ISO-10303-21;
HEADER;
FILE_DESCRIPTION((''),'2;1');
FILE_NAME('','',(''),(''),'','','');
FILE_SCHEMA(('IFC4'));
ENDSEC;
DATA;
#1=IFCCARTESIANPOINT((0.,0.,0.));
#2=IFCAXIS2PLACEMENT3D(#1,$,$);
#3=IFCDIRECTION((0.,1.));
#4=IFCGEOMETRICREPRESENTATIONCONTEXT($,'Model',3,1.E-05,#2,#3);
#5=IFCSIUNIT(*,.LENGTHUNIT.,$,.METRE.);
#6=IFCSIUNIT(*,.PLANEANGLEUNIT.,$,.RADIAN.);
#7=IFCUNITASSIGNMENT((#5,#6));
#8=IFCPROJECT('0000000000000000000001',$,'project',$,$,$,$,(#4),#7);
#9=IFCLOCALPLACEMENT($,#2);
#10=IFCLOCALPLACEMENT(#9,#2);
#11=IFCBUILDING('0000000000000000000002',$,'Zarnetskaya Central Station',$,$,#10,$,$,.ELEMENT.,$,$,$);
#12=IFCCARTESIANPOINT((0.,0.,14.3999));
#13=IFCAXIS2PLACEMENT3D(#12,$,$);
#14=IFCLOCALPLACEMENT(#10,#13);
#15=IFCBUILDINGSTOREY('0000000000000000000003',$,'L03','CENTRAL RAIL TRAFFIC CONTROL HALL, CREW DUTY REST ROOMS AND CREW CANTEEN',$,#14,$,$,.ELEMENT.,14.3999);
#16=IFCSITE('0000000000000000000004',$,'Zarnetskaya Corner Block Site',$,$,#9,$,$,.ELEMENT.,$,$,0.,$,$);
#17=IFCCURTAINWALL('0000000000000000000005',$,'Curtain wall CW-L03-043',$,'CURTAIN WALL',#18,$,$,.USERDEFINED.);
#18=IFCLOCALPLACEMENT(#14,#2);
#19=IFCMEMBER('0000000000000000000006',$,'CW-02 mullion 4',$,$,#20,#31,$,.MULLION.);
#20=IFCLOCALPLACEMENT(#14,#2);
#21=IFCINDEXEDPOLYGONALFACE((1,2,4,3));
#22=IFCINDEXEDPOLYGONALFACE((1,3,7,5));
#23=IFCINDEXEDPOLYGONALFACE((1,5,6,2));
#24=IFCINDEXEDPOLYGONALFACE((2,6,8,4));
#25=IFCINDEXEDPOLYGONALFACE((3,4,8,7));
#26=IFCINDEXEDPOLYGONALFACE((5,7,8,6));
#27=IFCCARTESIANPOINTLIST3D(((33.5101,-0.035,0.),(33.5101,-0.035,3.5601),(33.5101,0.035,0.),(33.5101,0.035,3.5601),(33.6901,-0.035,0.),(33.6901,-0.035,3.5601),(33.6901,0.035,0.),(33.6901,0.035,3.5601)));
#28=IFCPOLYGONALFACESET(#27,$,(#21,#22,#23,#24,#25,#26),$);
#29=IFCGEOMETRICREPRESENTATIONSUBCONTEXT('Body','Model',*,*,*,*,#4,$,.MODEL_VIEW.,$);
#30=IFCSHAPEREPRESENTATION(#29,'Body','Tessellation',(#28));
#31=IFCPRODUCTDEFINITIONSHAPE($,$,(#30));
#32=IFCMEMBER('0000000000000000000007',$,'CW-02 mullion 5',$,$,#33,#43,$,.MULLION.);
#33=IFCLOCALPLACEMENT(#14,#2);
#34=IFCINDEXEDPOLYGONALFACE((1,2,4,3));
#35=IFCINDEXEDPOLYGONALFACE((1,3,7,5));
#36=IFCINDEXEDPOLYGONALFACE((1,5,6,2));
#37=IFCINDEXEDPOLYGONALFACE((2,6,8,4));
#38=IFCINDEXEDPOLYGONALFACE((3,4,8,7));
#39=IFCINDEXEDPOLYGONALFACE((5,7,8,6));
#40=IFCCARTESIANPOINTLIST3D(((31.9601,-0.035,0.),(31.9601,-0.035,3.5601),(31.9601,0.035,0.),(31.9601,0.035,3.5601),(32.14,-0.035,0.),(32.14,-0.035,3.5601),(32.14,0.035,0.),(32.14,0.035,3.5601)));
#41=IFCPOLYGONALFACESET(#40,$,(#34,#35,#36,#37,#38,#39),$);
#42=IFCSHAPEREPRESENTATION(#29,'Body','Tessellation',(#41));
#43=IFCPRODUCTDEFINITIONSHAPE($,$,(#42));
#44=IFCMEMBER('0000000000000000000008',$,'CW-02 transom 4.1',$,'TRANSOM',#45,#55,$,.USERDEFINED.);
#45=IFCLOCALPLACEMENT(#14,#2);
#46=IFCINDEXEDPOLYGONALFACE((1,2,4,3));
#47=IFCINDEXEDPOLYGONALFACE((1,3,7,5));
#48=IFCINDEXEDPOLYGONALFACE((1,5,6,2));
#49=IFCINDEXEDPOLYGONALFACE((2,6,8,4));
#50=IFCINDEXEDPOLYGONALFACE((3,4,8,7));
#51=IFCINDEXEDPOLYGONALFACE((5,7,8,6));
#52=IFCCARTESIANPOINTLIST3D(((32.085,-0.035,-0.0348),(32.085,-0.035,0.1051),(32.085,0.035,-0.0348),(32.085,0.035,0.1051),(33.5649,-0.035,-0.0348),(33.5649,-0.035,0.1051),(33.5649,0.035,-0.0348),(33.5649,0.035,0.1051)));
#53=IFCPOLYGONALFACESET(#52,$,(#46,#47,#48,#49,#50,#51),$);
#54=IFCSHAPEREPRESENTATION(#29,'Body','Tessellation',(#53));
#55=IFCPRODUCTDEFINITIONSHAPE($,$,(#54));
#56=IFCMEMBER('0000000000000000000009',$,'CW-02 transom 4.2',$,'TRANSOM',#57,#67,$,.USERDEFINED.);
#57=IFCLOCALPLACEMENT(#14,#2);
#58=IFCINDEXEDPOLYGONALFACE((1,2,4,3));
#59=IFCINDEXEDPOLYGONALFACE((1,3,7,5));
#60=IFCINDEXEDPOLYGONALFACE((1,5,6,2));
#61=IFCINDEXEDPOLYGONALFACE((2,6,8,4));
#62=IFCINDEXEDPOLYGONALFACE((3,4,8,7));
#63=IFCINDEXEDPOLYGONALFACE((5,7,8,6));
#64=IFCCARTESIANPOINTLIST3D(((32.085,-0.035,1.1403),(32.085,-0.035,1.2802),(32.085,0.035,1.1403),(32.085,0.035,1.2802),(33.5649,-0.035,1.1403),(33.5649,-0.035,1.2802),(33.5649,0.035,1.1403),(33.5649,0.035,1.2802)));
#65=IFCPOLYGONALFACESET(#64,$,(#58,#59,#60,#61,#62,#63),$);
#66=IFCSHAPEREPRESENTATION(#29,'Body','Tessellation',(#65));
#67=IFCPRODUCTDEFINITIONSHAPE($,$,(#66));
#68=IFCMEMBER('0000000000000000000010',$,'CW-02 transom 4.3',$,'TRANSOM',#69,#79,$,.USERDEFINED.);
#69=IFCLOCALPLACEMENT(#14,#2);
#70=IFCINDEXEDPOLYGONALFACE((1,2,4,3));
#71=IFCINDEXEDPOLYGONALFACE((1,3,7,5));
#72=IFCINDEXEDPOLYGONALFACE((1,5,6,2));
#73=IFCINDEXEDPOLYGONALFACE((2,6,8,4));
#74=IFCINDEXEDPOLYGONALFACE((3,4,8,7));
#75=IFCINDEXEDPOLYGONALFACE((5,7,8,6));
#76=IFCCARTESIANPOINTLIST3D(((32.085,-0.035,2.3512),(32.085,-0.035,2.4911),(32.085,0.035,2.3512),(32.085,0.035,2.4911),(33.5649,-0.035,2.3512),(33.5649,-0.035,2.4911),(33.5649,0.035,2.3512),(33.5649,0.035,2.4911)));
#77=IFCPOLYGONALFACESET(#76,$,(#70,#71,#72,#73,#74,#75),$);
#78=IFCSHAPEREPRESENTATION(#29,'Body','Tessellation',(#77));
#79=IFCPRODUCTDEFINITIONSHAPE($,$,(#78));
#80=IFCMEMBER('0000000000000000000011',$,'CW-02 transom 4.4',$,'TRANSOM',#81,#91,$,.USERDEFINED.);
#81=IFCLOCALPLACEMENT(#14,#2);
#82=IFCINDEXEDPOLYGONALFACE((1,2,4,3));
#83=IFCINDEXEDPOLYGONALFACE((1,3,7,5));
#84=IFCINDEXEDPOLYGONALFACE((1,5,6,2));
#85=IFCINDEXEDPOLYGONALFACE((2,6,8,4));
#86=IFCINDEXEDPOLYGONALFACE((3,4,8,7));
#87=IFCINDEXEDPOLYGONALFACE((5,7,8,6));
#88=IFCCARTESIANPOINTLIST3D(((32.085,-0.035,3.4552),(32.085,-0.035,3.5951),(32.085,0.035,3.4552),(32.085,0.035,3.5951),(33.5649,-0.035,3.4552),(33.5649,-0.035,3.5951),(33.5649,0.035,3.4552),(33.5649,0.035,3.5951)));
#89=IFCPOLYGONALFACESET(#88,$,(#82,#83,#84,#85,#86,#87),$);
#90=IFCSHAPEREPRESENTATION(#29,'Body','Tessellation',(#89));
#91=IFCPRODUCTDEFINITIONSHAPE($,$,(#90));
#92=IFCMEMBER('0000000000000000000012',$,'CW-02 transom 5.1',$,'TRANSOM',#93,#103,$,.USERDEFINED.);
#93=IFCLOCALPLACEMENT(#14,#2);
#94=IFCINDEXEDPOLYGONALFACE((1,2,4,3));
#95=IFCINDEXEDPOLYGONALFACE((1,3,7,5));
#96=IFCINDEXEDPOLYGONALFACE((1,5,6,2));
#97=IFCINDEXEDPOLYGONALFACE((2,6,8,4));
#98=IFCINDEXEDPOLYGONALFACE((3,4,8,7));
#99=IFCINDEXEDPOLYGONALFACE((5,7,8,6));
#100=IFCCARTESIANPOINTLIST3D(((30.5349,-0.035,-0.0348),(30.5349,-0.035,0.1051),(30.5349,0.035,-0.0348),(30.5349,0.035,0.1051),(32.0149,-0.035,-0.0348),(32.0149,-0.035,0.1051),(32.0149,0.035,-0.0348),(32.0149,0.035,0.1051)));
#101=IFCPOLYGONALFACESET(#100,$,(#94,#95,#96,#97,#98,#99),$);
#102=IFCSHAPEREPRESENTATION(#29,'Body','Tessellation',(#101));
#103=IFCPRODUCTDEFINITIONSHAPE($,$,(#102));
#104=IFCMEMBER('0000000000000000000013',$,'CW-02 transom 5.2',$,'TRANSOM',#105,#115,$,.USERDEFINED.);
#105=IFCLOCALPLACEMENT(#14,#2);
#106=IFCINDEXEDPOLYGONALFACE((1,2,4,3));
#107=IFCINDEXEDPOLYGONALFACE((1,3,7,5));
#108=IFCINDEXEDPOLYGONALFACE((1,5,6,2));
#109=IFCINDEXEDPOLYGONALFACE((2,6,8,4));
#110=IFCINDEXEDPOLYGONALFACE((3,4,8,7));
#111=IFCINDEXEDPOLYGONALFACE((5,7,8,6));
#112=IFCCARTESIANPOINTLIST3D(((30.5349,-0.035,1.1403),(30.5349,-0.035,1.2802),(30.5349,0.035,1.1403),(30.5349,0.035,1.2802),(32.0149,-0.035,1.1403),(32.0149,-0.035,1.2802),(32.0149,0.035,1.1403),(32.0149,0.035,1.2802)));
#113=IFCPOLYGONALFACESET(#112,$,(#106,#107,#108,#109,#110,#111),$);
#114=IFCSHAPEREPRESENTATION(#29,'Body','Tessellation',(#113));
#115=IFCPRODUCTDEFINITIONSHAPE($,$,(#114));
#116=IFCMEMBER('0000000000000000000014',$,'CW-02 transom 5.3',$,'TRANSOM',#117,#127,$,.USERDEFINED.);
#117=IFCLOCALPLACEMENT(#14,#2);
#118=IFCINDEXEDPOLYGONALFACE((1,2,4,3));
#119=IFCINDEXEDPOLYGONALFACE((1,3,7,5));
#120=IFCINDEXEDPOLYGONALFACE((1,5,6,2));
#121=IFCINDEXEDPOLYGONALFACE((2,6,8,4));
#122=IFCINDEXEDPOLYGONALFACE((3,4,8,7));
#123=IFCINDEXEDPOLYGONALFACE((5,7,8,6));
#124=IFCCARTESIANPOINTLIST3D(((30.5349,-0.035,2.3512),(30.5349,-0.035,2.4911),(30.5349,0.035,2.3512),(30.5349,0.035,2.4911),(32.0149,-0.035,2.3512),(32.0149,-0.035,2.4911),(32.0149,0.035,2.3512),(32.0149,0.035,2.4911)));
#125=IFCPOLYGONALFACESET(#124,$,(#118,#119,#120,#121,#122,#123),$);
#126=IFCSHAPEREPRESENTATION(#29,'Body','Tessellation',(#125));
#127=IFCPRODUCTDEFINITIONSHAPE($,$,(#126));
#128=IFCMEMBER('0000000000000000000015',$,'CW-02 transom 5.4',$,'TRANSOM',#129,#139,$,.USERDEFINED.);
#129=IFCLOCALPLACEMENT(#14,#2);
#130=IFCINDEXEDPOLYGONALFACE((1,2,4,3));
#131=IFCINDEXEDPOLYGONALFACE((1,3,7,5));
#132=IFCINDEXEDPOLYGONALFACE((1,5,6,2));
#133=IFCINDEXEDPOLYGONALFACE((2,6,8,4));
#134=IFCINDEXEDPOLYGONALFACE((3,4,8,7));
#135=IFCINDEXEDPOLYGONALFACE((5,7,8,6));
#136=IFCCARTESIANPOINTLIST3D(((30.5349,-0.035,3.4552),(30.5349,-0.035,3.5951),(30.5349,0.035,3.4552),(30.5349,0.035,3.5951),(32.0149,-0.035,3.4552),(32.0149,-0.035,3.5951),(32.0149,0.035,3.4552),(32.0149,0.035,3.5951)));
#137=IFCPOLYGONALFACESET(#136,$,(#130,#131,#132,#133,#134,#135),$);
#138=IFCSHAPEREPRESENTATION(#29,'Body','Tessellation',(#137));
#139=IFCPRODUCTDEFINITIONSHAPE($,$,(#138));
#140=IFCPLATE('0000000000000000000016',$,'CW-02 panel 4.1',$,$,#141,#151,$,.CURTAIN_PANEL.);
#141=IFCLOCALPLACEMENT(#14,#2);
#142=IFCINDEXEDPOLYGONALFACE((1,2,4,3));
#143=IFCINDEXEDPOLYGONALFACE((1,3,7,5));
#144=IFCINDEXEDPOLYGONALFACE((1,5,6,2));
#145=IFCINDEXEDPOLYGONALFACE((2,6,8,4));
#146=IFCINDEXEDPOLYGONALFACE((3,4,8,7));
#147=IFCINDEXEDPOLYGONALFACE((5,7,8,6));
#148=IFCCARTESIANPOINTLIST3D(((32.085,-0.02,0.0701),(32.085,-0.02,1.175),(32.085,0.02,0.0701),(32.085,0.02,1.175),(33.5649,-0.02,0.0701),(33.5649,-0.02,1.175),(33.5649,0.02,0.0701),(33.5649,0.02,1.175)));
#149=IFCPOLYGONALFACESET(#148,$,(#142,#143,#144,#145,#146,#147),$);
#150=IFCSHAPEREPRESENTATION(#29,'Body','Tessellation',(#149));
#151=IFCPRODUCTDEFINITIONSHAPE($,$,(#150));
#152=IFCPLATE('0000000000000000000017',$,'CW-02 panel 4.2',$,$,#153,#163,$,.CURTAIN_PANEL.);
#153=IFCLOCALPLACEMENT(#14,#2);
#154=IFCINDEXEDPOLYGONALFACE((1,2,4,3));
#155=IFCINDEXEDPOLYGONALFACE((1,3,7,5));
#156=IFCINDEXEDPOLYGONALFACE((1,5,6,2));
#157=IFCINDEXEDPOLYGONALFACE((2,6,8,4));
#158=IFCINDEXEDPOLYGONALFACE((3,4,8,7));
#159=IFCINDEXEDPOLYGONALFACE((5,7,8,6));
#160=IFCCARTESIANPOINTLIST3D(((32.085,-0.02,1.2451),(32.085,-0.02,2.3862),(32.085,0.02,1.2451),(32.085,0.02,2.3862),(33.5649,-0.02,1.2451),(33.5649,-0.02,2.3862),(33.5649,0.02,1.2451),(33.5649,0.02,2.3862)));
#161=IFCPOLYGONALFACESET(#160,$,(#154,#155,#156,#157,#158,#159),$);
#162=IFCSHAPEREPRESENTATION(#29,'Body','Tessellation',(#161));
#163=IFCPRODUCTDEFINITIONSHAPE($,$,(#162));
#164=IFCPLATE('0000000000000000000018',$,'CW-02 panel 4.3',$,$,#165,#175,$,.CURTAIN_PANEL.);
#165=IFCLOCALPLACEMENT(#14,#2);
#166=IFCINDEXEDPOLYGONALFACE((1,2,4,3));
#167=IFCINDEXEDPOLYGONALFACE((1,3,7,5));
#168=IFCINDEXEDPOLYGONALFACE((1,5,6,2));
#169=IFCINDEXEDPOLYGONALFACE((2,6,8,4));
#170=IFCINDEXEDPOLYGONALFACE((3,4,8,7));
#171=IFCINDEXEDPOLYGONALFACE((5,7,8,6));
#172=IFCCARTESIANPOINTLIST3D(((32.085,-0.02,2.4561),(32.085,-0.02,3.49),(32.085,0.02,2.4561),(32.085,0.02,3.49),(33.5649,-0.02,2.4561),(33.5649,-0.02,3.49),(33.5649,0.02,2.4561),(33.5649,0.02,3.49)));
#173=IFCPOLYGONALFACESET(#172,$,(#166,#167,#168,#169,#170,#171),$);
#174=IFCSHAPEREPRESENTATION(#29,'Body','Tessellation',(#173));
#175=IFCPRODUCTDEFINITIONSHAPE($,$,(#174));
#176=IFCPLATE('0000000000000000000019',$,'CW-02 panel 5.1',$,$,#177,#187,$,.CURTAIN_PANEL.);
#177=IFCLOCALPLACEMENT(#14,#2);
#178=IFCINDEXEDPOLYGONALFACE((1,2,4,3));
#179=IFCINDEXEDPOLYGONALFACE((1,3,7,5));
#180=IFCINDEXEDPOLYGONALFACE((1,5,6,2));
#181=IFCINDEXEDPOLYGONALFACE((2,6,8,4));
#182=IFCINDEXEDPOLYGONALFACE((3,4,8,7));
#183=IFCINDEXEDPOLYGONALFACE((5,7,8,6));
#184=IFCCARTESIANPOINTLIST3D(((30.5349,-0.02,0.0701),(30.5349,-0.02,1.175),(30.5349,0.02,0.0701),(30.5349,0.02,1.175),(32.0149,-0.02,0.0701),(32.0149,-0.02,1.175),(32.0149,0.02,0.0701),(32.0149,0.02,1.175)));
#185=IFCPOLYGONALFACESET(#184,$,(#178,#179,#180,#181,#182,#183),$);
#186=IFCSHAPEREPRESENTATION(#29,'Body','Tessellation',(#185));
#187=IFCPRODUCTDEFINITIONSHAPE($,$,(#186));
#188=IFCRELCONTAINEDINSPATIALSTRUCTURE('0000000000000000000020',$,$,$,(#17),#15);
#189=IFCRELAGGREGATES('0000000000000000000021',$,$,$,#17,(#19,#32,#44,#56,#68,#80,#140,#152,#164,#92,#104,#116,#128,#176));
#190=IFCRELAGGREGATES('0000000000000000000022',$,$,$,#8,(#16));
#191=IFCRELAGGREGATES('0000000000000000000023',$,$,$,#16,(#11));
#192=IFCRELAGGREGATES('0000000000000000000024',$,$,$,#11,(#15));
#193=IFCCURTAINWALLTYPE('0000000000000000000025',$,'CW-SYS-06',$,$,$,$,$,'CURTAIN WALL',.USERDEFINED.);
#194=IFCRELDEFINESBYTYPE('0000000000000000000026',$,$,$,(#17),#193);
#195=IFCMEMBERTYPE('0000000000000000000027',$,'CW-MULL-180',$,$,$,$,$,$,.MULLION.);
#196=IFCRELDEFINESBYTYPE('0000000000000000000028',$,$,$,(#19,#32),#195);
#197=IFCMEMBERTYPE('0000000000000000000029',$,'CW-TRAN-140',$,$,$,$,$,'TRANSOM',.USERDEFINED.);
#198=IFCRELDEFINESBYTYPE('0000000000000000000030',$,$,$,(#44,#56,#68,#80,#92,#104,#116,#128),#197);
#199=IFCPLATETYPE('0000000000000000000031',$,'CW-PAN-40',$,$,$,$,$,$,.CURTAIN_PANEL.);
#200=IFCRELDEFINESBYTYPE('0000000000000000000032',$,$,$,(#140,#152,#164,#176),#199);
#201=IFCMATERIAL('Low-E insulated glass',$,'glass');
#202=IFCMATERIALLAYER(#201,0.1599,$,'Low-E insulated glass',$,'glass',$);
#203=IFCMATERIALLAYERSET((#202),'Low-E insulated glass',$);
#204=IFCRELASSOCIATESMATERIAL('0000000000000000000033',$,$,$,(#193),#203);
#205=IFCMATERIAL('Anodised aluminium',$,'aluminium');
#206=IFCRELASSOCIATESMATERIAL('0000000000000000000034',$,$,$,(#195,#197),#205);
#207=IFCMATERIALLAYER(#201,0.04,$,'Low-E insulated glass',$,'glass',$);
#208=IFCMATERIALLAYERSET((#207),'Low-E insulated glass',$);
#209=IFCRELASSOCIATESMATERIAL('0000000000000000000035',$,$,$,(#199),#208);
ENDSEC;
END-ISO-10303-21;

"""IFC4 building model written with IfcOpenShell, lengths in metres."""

from ifc_helpers import new_model, si_unit, direction, frame, origin, origin_2d, place, context, subcontext, project, spatial, rectangle, extrude, material, layer, layer_set, material_profile, profile_set, type_object, element, aggregate, save


model = new_model("IFC4")

# Units and contexts
model_context = context("Model", 3, precision=1e-05, world=origin(), true_north=direction((0.0, 1.0)))
body_context = subcontext(model_context, "Body", "Model", "MODEL_VIEW")
ifc_project = project(units=[si_unit("LENGTHUNIT", "METRE"), si_unit("PLANEANGLEUNIT", "RADIAN")], contexts=[model_context])

# Site, building, storey
site_placement = place(None, origin())
site = spatial("IfcSite", under=ifc_project, at=site_placement, Name="Zarnetskaya Corner Block Site", CompositionType="ELEMENT", RefElevation=0.0)
building_placement = place(site_placement, origin())
building = spatial("IfcBuilding", under=site, at=building_placement, Name="Zarnetskaya Central Station", CompositionType="ELEMENT")
storey_placement = place(building_placement, frame((0.0, 0.0, 14.3999)))
storey = spatial("IfcBuildingStorey", under=building, at=storey_placement, Name="L03", Description="CENTRAL RAIL TRAFFIC CONTROL HALL, CREW DUTY REST ROOMS AND CREW CANTEEN", CompositionType="ELEMENT", Elevation=14.3999)

# Curtain wall, members, plates
ifc_material_1 = material(Name="Low-E insulated glass", Category="glass")
ifc_layer_1 = layer(ifc_material_1, 0.1599, Name="Low-E insulated glass", Category="glass")
ifc_layer_set_1 = layer_set([ifc_layer_1], Name="Low-E insulated glass")
curtain_wall_type = type_object("IfcCurtainWallType", Name="CW-SYS-06", ElementType="CURTAIN WALL", PredefinedType="USERDEFINED", material=ifc_layer_set_1)
curtain_wall_placement = place(storey_placement, origin())
curtain_wall = element("IfcCurtainWall", 1, at=curtain_wall_placement, inside=storey, type_object=curtain_wall_type, Name="Curtain wall CW-L03-043", ObjectType="CURTAIN WALL", PredefinedType="USERDEFINED")
ifc_material_2 = material(Name="Anodised aluminium", Category="aluminium")
ifc_material_profile_1 = material_profile(ifc_material_2, rectangle(XDim=0.0701, YDim=0.1799, at=origin_2d()), Name="ALU MULL 70x180")
ifc_profile_set_1 = profile_set([ifc_material_profile_1], Name="Anodised aluminium")
member_type_1 = type_object("IfcMemberType", Name="CW-MULL-180", PredefinedType="MULLION", material=ifc_profile_set_1)
member_1_placement = place(storey_placement, frame((33.6001, 0.0, 0.0), z_axis=(0.0, 0.0, 1.0), x_axis=(0.0, -1.0, 0.0)))
member_1 = element("IfcMember", 2, at=member_1_placement, type_object=member_type_1, Name="CW-02 mullion 4", PredefinedType="MULLION", context=body_context, shape_type="SweptSolid", body=[
    extrude(rectangle(XDim=0.0701, YDim=0.1799, at=origin_2d()), origin(), (0.0, 0.0, 1.0), 3.5601),
])
member_2_placement = place(storey_placement, frame((32.05, 0.0, 0.0), z_axis=(0.0, 0.0, 1.0), x_axis=(0.0, -1.0, 0.0)))
member_2 = element("IfcMember", 3, at=member_2_placement, type_object=member_type_1, Name="CW-02 mullion 5", PredefinedType="MULLION", context=body_context, shape_type="SweptSolid", body=[
    extrude(rectangle(XDim=0.0701, YDim=0.1799, at=origin_2d()), origin(), (0.0, 0.0, 1.0), 3.5601),
])
ifc_material_profile_2 = material_profile(ifc_material_2, rectangle(XDim=0.0701, YDim=0.1399, at=origin_2d()), Name="ALU TRAN 70x140")
ifc_profile_set_2 = profile_set([ifc_material_profile_2], Name="Anodised aluminium")
member_type_2 = type_object("IfcMemberType", Name="CW-TRAN-140", ElementType="TRANSOM", PredefinedType="USERDEFINED", material=ifc_profile_set_2)
member_3_placement = place(storey_placement, frame((33.5649, 0.0, 0.0352), z_axis=(-1.0, 0.0, 0.0), x_axis=(0.0, -1.0, 0.0)))
member_3 = element("IfcMember", 4, at=member_3_placement, type_object=member_type_2, Name="CW-02 transom 4.1", ObjectType="TRANSOM", PredefinedType="USERDEFINED", context=body_context, shape_type="SweptSolid", body=[
    extrude(rectangle(XDim=0.0701, YDim=0.1399, at=origin_2d()), origin(), (0.0, 0.0, 1.0), 1.48),
])
member_4_placement = place(storey_placement, frame((33.5649, 0.0, 1.2102), z_axis=(-1.0, 0.0, 0.0), x_axis=(0.0, -1.0, 0.0)))
member_4 = element("IfcMember", 5, at=member_4_placement, type_object=member_type_2, Name="CW-02 transom 4.2", ObjectType="TRANSOM", PredefinedType="USERDEFINED", context=body_context, shape_type="SweptSolid", body=[
    extrude(rectangle(XDim=0.0701, YDim=0.1399, at=origin_2d()), origin(), (0.0, 0.0, 1.0), 1.48),
])
member_5_placement = place(storey_placement, frame((33.5649, 0.0, 2.4211), z_axis=(-1.0, 0.0, 0.0), x_axis=(0.0, -1.0, 0.0)))
member_5 = element("IfcMember", 6, at=member_5_placement, type_object=member_type_2, Name="CW-02 transom 4.3", ObjectType="TRANSOM", PredefinedType="USERDEFINED", context=body_context, shape_type="SweptSolid", body=[
    extrude(rectangle(XDim=0.0701, YDim=0.1399, at=origin_2d()), origin(), (0.0, 0.0, 1.0), 1.48),
])
member_6_placement = place(storey_placement, frame((33.5649, 0.0, 3.5251), z_axis=(-1.0, 0.0, 0.0), x_axis=(0.0, -1.0, 0.0)))
member_6 = element("IfcMember", 7, at=member_6_placement, type_object=member_type_2, Name="CW-02 transom 4.4", ObjectType="TRANSOM", PredefinedType="USERDEFINED", context=body_context, shape_type="SweptSolid", body=[
    extrude(rectangle(XDim=0.0701, YDim=0.1399, at=origin_2d()), origin(), (0.0, 0.0, 1.0), 1.48),
])
member_7_placement = place(storey_placement, frame((32.0149, 0.0, 0.0352), z_axis=(-1.0, 0.0, 0.0), x_axis=(0.0, -1.0, 0.0)))
member_7 = element("IfcMember", 8, at=member_7_placement, type_object=member_type_2, Name="CW-02 transom 5.1", ObjectType="TRANSOM", PredefinedType="USERDEFINED", context=body_context, shape_type="SweptSolid", body=[
    extrude(rectangle(XDim=0.0701, YDim=0.1399, at=origin_2d()), origin(), (0.0, 0.0, 1.0), 1.48),
])
member_8_placement = place(storey_placement, frame((32.0149, 0.0, 1.2102), z_axis=(-1.0, 0.0, 0.0), x_axis=(0.0, -1.0, 0.0)))
member_8 = element("IfcMember", 9, at=member_8_placement, type_object=member_type_2, Name="CW-02 transom 5.2", ObjectType="TRANSOM", PredefinedType="USERDEFINED", context=body_context, shape_type="SweptSolid", body=[
    extrude(rectangle(XDim=0.0701, YDim=0.1399, at=origin_2d()), origin(), (0.0, 0.0, 1.0), 1.48),
])
member_9_placement = place(storey_placement, frame((32.0149, 0.0, 2.4211), z_axis=(-1.0, 0.0, 0.0), x_axis=(0.0, -1.0, 0.0)))
member_9 = element("IfcMember", 10, at=member_9_placement, type_object=member_type_2, Name="CW-02 transom 5.3", ObjectType="TRANSOM", PredefinedType="USERDEFINED", context=body_context, shape_type="SweptSolid", body=[
    extrude(rectangle(XDim=0.0701, YDim=0.1399, at=origin_2d()), origin(), (0.0, 0.0, 1.0), 1.48),
])
member_10_placement = place(storey_placement, frame((32.0149, 0.0, 3.5251), z_axis=(-1.0, 0.0, 0.0), x_axis=(0.0, -1.0, 0.0)))
member_10 = element("IfcMember", 11, at=member_10_placement, type_object=member_type_2, Name="CW-02 transom 5.4", ObjectType="TRANSOM", PredefinedType="USERDEFINED", context=body_context, shape_type="SweptSolid", body=[
    extrude(rectangle(XDim=0.0701, YDim=0.1399, at=origin_2d()), origin(), (0.0, 0.0, 1.0), 1.48),
])
ifc_layer_2 = layer(ifc_material_1, 0.04, Name="Low-E insulated glass", Category="glass")
ifc_layer_set_2 = layer_set([ifc_layer_2], Name="Low-E insulated glass")
plate_type = type_object("IfcPlateType", Name="CW-PAN-40", PredefinedType="CURTAIN_PANEL", material=ifc_layer_set_2)
plate_1_placement = place(storey_placement, frame((32.825, 0.0, 0.0701), z_axis=(0.0, 0.0, 1.0), x_axis=(-1.0, 0.0, 0.0)))
plate_1 = element("IfcPlate", 12, at=plate_1_placement, type_object=plate_type, Name="CW-02 panel 4.1", PredefinedType="CURTAIN_PANEL", context=body_context, shape_type="SweptSolid", body=[
    extrude(rectangle(XDim=1.48, YDim=0.04, at=origin_2d()), origin(), (0.0, 0.0, 1.0), 1.105),
])
plate_2_placement = place(storey_placement, frame((32.825, 0.0, 1.2451), z_axis=(0.0, 0.0, 1.0), x_axis=(-1.0, 0.0, 0.0)))
plate_2 = element("IfcPlate", 13, at=plate_2_placement, type_object=plate_type, Name="CW-02 panel 4.2", PredefinedType="CURTAIN_PANEL", context=body_context, shape_type="SweptSolid", body=[
    extrude(rectangle(XDim=1.48, YDim=0.04, at=origin_2d()), origin(), (0.0, 0.0, 1.0), 1.1411),
])
plate_3_placement = place(storey_placement, frame((32.825, 0.0, 2.4561), z_axis=(0.0, 0.0, 1.0), x_axis=(-1.0, 0.0, 0.0)))
plate_3 = element("IfcPlate", 14, at=plate_3_placement, type_object=plate_type, Name="CW-02 panel 4.3", PredefinedType="CURTAIN_PANEL", context=body_context, shape_type="SweptSolid", body=[
    extrude(rectangle(XDim=1.48, YDim=0.04, at=origin_2d()), origin(), (0.0, 0.0, 1.0), 1.0339),
])
plate_4_placement = place(storey_placement, frame((31.2749, 0.0, 0.0701), z_axis=(0.0, 0.0, 1.0), x_axis=(-1.0, 0.0, 0.0)))
plate_4 = element("IfcPlate", 15, at=plate_4_placement, type_object=plate_type, Name="CW-02 panel 5.1", PredefinedType="CURTAIN_PANEL", context=body_context, shape_type="SweptSolid", body=[
    extrude(rectangle(XDim=1.48, YDim=0.04, at=origin_2d()), origin(), (0.0, 0.0, 1.0), 1.105),
])
aggregate(curtain_wall, [member_1, member_2, member_3, member_4, member_5, member_6, plate_1, plate_2, plate_3, member_7, member_8, member_9, member_10, plate_4])

save(model, "model.ifc")
